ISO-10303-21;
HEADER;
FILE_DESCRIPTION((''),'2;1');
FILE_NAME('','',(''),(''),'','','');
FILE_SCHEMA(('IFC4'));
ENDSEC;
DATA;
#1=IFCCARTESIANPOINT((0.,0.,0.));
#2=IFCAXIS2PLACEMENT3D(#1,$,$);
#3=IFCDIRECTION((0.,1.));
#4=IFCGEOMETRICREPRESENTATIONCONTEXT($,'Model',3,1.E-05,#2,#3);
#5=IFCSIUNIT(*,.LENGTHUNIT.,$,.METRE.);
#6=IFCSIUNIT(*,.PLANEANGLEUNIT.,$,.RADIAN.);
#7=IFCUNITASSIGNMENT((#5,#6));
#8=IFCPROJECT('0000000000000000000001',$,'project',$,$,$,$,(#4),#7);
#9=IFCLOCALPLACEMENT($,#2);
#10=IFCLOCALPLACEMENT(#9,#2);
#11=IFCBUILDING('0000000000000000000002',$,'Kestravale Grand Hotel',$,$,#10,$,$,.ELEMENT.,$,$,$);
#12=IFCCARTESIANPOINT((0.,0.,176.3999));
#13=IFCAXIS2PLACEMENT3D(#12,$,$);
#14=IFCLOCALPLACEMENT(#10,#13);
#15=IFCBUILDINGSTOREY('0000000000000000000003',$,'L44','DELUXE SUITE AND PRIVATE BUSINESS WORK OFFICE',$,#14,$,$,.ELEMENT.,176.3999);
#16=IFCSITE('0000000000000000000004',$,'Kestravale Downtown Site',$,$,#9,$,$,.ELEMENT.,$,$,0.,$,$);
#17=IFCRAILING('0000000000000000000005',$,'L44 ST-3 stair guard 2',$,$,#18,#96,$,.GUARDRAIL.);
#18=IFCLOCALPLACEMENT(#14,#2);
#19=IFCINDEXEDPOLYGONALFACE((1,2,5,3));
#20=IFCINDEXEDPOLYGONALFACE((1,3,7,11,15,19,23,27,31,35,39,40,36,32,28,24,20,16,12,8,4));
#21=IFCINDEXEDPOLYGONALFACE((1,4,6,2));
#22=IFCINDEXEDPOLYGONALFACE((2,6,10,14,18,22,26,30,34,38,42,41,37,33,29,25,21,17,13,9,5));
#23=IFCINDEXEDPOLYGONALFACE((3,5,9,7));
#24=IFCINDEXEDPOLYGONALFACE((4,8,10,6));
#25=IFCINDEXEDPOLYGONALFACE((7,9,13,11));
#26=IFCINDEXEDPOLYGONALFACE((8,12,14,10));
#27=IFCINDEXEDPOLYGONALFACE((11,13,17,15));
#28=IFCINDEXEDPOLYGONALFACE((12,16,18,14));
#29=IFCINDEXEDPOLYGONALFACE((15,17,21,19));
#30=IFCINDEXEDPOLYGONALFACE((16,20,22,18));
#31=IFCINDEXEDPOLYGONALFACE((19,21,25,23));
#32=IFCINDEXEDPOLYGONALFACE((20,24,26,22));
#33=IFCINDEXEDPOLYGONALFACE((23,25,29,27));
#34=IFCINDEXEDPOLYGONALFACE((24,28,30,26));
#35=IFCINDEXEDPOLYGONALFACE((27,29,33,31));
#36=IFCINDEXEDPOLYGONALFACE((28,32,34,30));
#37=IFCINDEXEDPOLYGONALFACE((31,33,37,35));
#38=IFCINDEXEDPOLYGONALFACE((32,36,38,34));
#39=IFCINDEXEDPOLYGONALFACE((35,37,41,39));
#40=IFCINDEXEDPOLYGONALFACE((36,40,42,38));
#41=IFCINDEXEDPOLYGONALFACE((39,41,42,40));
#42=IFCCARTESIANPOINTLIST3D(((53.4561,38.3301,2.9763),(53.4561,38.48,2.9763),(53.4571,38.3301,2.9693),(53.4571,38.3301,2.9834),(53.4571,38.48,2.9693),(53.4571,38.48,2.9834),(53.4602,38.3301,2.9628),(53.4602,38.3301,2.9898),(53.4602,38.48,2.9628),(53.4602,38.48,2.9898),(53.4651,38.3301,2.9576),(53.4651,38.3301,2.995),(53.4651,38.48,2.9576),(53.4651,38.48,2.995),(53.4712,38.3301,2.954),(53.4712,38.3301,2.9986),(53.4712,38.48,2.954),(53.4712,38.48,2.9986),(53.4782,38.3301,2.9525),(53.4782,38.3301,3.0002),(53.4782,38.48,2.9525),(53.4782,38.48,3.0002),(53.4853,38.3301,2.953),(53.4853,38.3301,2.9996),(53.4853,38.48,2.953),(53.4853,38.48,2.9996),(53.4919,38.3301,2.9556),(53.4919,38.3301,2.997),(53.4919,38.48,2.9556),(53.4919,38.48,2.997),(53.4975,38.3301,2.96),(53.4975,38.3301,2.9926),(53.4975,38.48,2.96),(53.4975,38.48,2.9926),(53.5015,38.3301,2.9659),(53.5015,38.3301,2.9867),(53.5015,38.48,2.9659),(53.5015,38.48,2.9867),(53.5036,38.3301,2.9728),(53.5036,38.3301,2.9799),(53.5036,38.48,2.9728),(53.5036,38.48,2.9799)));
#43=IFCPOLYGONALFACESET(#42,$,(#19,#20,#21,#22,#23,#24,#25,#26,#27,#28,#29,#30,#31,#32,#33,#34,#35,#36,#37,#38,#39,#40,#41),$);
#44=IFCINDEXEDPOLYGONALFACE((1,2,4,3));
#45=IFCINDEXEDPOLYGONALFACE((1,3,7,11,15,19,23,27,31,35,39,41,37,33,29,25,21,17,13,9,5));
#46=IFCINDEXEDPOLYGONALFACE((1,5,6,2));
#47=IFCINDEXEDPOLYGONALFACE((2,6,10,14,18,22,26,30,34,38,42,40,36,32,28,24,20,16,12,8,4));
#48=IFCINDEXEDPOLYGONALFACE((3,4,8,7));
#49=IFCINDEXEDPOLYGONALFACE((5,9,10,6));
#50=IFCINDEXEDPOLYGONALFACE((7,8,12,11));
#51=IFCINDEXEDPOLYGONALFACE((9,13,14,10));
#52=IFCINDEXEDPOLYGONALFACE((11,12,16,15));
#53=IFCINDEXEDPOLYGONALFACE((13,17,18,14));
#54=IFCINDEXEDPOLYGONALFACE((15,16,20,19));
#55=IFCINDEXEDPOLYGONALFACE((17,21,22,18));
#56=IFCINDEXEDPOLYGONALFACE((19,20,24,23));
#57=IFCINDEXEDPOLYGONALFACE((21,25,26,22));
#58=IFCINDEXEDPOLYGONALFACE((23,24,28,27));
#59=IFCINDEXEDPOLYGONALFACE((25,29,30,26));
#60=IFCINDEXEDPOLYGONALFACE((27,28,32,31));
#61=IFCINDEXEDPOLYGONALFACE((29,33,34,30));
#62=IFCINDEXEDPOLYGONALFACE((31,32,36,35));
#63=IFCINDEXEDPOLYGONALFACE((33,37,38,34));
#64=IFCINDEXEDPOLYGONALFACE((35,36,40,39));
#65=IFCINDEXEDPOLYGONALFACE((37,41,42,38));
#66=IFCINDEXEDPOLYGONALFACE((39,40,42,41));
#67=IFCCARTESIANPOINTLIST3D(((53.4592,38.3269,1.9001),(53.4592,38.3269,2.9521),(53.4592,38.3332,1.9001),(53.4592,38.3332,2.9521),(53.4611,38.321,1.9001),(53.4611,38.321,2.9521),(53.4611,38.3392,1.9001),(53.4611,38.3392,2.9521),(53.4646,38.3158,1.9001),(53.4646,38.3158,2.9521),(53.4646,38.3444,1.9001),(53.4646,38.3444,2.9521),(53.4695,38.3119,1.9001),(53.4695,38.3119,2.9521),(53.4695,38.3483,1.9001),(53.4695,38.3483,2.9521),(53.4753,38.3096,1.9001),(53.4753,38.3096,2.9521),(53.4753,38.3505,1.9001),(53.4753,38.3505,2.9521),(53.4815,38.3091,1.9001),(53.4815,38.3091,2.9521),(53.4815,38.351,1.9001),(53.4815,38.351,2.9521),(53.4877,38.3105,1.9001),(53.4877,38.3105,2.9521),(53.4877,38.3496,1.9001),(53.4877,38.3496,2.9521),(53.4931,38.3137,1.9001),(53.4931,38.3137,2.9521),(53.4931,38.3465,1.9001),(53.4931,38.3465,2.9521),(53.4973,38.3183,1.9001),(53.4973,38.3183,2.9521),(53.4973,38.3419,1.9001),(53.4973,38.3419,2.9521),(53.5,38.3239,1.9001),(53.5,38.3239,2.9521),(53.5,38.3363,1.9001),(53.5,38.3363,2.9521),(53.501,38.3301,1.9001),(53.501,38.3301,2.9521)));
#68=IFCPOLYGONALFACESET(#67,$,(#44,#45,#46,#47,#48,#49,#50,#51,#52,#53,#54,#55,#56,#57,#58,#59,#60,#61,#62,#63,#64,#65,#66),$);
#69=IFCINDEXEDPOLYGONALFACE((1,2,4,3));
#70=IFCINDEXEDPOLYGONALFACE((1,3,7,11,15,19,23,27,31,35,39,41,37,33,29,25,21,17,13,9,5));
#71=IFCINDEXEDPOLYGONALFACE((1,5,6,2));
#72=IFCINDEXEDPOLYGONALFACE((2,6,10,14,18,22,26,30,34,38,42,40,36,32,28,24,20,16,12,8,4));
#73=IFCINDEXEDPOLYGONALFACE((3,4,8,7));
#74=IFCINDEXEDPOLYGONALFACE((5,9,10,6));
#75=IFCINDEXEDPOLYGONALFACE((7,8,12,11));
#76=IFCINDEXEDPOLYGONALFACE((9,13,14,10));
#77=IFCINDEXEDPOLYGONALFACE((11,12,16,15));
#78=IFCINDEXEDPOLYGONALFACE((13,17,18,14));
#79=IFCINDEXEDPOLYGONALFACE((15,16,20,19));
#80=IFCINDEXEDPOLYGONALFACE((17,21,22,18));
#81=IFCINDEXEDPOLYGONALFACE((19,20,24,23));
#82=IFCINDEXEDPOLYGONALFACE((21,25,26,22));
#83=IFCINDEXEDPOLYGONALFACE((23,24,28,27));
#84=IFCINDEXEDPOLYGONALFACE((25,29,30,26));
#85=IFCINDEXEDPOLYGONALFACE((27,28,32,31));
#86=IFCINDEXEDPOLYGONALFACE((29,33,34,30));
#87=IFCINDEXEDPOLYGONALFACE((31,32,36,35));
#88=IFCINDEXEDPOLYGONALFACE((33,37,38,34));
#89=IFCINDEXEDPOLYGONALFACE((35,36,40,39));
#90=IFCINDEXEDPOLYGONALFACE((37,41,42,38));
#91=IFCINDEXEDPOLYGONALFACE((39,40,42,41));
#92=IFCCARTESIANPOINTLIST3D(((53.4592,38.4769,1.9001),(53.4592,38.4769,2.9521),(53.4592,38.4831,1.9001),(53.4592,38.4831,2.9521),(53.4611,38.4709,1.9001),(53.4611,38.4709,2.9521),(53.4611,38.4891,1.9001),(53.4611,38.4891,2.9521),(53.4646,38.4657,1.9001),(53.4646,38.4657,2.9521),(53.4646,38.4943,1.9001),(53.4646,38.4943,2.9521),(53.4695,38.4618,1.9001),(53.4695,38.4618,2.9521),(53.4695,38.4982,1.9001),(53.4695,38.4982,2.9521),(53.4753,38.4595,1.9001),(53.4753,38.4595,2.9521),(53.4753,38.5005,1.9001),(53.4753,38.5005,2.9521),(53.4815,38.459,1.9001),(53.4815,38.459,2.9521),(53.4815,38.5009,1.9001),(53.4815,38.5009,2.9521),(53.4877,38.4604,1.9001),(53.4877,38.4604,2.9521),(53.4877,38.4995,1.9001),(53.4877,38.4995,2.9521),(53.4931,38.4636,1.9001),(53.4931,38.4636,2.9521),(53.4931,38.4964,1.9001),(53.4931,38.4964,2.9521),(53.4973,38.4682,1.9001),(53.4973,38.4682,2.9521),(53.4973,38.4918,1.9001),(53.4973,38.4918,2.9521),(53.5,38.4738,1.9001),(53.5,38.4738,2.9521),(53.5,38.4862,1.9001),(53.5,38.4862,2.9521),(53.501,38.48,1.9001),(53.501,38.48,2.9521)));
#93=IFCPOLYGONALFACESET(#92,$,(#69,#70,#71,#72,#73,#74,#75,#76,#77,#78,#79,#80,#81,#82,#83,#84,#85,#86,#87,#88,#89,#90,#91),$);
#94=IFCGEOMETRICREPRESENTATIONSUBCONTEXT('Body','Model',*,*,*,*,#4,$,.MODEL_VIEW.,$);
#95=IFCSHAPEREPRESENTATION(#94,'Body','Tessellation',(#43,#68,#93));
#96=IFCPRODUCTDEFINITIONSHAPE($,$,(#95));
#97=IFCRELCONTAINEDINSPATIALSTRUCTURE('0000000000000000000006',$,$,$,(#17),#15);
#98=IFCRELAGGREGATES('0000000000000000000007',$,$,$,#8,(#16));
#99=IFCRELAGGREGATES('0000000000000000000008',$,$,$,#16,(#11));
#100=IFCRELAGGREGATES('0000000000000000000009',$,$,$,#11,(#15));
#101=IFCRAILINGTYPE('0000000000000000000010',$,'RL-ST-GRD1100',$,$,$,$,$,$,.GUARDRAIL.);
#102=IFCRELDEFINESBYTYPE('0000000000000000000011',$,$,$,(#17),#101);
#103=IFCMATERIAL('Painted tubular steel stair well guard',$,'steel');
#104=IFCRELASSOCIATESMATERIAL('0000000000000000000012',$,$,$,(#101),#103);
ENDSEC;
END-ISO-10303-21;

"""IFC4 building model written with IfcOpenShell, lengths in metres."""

from ifc_helpers import new_model, si_unit, direction, frame, origin, origin_2d, place, context, subcontext, project, spatial, circle, extrude, material, type_object, element, save


model = new_model("IFC4")

# Units and contexts
model_context = context("Model", 3, precision=1e-05, world=origin(), true_north=direction((0.0, 1.0)))
body_context = subcontext(model_context, "Body", "Model", "MODEL_VIEW")
ifc_project = project(units=[si_unit("LENGTHUNIT", "METRE"), si_unit("PLANEANGLEUNIT", "RADIAN")], contexts=[model_context])

# Site, building, storey
site_placement = place(None, origin())
site = spatial("IfcSite", under=ifc_project, at=site_placement, Name="Kestravale Downtown Site", CompositionType="ELEMENT", RefElevation=0.0)
building_placement = place(site_placement, origin())
building = spatial("IfcBuilding", under=site, at=building_placement, Name="Kestravale Grand Hotel", CompositionType="ELEMENT")
storey_placement = place(building_placement, frame((0.0, 0.0, 176.3999)))
storey = spatial("IfcBuildingStorey", under=building, at=storey_placement, Name="L44", Description="DELUXE SUITE AND PRIVATE BUSINESS WORK OFFICE", CompositionType="ELEMENT", Elevation=176.3999)

# Railing
ifc_material_1 = material(Name="Painted tubular steel stair well guard", Category="steel")
railing_type_1 = type_object("IfcRailingType", Name="RL-ST-GRD1100", PredefinedType="GUARDRAIL", material=ifc_material_1)
railing_1_placement = place(storey_placement, frame((53.48, 38.3301, 1.9001)))
element("IfcRailing", 1, at=railing_1_placement, inside=storey, type_object=railing_type_1, Name="L44 ST-3 stair guard 2", PredefinedType="GUARDRAIL", context=body_context, shape_type="SweptSolid", body=[
    extrude(circle(Radius=0.0239, at=origin_2d()), frame((0.0, 0.0, 1.0762), z_axis=(0.0, 1.0, 0.0), x_axis=(-1.0, 0.0, 0.0)), (0.0, 0.0, 1.0), 0.1499),
    extrude(circle(Radius=0.021, at=origin_2d()), origin(), (0.0, 0.0, 1.0), 1.052),
    extrude(circle(Radius=0.021, at=origin_2d()), frame((0.0, 0.1499, 0.0)), (0.0, 0.0, 1.0), 1.052),
])

save(model, "model.ifc")
